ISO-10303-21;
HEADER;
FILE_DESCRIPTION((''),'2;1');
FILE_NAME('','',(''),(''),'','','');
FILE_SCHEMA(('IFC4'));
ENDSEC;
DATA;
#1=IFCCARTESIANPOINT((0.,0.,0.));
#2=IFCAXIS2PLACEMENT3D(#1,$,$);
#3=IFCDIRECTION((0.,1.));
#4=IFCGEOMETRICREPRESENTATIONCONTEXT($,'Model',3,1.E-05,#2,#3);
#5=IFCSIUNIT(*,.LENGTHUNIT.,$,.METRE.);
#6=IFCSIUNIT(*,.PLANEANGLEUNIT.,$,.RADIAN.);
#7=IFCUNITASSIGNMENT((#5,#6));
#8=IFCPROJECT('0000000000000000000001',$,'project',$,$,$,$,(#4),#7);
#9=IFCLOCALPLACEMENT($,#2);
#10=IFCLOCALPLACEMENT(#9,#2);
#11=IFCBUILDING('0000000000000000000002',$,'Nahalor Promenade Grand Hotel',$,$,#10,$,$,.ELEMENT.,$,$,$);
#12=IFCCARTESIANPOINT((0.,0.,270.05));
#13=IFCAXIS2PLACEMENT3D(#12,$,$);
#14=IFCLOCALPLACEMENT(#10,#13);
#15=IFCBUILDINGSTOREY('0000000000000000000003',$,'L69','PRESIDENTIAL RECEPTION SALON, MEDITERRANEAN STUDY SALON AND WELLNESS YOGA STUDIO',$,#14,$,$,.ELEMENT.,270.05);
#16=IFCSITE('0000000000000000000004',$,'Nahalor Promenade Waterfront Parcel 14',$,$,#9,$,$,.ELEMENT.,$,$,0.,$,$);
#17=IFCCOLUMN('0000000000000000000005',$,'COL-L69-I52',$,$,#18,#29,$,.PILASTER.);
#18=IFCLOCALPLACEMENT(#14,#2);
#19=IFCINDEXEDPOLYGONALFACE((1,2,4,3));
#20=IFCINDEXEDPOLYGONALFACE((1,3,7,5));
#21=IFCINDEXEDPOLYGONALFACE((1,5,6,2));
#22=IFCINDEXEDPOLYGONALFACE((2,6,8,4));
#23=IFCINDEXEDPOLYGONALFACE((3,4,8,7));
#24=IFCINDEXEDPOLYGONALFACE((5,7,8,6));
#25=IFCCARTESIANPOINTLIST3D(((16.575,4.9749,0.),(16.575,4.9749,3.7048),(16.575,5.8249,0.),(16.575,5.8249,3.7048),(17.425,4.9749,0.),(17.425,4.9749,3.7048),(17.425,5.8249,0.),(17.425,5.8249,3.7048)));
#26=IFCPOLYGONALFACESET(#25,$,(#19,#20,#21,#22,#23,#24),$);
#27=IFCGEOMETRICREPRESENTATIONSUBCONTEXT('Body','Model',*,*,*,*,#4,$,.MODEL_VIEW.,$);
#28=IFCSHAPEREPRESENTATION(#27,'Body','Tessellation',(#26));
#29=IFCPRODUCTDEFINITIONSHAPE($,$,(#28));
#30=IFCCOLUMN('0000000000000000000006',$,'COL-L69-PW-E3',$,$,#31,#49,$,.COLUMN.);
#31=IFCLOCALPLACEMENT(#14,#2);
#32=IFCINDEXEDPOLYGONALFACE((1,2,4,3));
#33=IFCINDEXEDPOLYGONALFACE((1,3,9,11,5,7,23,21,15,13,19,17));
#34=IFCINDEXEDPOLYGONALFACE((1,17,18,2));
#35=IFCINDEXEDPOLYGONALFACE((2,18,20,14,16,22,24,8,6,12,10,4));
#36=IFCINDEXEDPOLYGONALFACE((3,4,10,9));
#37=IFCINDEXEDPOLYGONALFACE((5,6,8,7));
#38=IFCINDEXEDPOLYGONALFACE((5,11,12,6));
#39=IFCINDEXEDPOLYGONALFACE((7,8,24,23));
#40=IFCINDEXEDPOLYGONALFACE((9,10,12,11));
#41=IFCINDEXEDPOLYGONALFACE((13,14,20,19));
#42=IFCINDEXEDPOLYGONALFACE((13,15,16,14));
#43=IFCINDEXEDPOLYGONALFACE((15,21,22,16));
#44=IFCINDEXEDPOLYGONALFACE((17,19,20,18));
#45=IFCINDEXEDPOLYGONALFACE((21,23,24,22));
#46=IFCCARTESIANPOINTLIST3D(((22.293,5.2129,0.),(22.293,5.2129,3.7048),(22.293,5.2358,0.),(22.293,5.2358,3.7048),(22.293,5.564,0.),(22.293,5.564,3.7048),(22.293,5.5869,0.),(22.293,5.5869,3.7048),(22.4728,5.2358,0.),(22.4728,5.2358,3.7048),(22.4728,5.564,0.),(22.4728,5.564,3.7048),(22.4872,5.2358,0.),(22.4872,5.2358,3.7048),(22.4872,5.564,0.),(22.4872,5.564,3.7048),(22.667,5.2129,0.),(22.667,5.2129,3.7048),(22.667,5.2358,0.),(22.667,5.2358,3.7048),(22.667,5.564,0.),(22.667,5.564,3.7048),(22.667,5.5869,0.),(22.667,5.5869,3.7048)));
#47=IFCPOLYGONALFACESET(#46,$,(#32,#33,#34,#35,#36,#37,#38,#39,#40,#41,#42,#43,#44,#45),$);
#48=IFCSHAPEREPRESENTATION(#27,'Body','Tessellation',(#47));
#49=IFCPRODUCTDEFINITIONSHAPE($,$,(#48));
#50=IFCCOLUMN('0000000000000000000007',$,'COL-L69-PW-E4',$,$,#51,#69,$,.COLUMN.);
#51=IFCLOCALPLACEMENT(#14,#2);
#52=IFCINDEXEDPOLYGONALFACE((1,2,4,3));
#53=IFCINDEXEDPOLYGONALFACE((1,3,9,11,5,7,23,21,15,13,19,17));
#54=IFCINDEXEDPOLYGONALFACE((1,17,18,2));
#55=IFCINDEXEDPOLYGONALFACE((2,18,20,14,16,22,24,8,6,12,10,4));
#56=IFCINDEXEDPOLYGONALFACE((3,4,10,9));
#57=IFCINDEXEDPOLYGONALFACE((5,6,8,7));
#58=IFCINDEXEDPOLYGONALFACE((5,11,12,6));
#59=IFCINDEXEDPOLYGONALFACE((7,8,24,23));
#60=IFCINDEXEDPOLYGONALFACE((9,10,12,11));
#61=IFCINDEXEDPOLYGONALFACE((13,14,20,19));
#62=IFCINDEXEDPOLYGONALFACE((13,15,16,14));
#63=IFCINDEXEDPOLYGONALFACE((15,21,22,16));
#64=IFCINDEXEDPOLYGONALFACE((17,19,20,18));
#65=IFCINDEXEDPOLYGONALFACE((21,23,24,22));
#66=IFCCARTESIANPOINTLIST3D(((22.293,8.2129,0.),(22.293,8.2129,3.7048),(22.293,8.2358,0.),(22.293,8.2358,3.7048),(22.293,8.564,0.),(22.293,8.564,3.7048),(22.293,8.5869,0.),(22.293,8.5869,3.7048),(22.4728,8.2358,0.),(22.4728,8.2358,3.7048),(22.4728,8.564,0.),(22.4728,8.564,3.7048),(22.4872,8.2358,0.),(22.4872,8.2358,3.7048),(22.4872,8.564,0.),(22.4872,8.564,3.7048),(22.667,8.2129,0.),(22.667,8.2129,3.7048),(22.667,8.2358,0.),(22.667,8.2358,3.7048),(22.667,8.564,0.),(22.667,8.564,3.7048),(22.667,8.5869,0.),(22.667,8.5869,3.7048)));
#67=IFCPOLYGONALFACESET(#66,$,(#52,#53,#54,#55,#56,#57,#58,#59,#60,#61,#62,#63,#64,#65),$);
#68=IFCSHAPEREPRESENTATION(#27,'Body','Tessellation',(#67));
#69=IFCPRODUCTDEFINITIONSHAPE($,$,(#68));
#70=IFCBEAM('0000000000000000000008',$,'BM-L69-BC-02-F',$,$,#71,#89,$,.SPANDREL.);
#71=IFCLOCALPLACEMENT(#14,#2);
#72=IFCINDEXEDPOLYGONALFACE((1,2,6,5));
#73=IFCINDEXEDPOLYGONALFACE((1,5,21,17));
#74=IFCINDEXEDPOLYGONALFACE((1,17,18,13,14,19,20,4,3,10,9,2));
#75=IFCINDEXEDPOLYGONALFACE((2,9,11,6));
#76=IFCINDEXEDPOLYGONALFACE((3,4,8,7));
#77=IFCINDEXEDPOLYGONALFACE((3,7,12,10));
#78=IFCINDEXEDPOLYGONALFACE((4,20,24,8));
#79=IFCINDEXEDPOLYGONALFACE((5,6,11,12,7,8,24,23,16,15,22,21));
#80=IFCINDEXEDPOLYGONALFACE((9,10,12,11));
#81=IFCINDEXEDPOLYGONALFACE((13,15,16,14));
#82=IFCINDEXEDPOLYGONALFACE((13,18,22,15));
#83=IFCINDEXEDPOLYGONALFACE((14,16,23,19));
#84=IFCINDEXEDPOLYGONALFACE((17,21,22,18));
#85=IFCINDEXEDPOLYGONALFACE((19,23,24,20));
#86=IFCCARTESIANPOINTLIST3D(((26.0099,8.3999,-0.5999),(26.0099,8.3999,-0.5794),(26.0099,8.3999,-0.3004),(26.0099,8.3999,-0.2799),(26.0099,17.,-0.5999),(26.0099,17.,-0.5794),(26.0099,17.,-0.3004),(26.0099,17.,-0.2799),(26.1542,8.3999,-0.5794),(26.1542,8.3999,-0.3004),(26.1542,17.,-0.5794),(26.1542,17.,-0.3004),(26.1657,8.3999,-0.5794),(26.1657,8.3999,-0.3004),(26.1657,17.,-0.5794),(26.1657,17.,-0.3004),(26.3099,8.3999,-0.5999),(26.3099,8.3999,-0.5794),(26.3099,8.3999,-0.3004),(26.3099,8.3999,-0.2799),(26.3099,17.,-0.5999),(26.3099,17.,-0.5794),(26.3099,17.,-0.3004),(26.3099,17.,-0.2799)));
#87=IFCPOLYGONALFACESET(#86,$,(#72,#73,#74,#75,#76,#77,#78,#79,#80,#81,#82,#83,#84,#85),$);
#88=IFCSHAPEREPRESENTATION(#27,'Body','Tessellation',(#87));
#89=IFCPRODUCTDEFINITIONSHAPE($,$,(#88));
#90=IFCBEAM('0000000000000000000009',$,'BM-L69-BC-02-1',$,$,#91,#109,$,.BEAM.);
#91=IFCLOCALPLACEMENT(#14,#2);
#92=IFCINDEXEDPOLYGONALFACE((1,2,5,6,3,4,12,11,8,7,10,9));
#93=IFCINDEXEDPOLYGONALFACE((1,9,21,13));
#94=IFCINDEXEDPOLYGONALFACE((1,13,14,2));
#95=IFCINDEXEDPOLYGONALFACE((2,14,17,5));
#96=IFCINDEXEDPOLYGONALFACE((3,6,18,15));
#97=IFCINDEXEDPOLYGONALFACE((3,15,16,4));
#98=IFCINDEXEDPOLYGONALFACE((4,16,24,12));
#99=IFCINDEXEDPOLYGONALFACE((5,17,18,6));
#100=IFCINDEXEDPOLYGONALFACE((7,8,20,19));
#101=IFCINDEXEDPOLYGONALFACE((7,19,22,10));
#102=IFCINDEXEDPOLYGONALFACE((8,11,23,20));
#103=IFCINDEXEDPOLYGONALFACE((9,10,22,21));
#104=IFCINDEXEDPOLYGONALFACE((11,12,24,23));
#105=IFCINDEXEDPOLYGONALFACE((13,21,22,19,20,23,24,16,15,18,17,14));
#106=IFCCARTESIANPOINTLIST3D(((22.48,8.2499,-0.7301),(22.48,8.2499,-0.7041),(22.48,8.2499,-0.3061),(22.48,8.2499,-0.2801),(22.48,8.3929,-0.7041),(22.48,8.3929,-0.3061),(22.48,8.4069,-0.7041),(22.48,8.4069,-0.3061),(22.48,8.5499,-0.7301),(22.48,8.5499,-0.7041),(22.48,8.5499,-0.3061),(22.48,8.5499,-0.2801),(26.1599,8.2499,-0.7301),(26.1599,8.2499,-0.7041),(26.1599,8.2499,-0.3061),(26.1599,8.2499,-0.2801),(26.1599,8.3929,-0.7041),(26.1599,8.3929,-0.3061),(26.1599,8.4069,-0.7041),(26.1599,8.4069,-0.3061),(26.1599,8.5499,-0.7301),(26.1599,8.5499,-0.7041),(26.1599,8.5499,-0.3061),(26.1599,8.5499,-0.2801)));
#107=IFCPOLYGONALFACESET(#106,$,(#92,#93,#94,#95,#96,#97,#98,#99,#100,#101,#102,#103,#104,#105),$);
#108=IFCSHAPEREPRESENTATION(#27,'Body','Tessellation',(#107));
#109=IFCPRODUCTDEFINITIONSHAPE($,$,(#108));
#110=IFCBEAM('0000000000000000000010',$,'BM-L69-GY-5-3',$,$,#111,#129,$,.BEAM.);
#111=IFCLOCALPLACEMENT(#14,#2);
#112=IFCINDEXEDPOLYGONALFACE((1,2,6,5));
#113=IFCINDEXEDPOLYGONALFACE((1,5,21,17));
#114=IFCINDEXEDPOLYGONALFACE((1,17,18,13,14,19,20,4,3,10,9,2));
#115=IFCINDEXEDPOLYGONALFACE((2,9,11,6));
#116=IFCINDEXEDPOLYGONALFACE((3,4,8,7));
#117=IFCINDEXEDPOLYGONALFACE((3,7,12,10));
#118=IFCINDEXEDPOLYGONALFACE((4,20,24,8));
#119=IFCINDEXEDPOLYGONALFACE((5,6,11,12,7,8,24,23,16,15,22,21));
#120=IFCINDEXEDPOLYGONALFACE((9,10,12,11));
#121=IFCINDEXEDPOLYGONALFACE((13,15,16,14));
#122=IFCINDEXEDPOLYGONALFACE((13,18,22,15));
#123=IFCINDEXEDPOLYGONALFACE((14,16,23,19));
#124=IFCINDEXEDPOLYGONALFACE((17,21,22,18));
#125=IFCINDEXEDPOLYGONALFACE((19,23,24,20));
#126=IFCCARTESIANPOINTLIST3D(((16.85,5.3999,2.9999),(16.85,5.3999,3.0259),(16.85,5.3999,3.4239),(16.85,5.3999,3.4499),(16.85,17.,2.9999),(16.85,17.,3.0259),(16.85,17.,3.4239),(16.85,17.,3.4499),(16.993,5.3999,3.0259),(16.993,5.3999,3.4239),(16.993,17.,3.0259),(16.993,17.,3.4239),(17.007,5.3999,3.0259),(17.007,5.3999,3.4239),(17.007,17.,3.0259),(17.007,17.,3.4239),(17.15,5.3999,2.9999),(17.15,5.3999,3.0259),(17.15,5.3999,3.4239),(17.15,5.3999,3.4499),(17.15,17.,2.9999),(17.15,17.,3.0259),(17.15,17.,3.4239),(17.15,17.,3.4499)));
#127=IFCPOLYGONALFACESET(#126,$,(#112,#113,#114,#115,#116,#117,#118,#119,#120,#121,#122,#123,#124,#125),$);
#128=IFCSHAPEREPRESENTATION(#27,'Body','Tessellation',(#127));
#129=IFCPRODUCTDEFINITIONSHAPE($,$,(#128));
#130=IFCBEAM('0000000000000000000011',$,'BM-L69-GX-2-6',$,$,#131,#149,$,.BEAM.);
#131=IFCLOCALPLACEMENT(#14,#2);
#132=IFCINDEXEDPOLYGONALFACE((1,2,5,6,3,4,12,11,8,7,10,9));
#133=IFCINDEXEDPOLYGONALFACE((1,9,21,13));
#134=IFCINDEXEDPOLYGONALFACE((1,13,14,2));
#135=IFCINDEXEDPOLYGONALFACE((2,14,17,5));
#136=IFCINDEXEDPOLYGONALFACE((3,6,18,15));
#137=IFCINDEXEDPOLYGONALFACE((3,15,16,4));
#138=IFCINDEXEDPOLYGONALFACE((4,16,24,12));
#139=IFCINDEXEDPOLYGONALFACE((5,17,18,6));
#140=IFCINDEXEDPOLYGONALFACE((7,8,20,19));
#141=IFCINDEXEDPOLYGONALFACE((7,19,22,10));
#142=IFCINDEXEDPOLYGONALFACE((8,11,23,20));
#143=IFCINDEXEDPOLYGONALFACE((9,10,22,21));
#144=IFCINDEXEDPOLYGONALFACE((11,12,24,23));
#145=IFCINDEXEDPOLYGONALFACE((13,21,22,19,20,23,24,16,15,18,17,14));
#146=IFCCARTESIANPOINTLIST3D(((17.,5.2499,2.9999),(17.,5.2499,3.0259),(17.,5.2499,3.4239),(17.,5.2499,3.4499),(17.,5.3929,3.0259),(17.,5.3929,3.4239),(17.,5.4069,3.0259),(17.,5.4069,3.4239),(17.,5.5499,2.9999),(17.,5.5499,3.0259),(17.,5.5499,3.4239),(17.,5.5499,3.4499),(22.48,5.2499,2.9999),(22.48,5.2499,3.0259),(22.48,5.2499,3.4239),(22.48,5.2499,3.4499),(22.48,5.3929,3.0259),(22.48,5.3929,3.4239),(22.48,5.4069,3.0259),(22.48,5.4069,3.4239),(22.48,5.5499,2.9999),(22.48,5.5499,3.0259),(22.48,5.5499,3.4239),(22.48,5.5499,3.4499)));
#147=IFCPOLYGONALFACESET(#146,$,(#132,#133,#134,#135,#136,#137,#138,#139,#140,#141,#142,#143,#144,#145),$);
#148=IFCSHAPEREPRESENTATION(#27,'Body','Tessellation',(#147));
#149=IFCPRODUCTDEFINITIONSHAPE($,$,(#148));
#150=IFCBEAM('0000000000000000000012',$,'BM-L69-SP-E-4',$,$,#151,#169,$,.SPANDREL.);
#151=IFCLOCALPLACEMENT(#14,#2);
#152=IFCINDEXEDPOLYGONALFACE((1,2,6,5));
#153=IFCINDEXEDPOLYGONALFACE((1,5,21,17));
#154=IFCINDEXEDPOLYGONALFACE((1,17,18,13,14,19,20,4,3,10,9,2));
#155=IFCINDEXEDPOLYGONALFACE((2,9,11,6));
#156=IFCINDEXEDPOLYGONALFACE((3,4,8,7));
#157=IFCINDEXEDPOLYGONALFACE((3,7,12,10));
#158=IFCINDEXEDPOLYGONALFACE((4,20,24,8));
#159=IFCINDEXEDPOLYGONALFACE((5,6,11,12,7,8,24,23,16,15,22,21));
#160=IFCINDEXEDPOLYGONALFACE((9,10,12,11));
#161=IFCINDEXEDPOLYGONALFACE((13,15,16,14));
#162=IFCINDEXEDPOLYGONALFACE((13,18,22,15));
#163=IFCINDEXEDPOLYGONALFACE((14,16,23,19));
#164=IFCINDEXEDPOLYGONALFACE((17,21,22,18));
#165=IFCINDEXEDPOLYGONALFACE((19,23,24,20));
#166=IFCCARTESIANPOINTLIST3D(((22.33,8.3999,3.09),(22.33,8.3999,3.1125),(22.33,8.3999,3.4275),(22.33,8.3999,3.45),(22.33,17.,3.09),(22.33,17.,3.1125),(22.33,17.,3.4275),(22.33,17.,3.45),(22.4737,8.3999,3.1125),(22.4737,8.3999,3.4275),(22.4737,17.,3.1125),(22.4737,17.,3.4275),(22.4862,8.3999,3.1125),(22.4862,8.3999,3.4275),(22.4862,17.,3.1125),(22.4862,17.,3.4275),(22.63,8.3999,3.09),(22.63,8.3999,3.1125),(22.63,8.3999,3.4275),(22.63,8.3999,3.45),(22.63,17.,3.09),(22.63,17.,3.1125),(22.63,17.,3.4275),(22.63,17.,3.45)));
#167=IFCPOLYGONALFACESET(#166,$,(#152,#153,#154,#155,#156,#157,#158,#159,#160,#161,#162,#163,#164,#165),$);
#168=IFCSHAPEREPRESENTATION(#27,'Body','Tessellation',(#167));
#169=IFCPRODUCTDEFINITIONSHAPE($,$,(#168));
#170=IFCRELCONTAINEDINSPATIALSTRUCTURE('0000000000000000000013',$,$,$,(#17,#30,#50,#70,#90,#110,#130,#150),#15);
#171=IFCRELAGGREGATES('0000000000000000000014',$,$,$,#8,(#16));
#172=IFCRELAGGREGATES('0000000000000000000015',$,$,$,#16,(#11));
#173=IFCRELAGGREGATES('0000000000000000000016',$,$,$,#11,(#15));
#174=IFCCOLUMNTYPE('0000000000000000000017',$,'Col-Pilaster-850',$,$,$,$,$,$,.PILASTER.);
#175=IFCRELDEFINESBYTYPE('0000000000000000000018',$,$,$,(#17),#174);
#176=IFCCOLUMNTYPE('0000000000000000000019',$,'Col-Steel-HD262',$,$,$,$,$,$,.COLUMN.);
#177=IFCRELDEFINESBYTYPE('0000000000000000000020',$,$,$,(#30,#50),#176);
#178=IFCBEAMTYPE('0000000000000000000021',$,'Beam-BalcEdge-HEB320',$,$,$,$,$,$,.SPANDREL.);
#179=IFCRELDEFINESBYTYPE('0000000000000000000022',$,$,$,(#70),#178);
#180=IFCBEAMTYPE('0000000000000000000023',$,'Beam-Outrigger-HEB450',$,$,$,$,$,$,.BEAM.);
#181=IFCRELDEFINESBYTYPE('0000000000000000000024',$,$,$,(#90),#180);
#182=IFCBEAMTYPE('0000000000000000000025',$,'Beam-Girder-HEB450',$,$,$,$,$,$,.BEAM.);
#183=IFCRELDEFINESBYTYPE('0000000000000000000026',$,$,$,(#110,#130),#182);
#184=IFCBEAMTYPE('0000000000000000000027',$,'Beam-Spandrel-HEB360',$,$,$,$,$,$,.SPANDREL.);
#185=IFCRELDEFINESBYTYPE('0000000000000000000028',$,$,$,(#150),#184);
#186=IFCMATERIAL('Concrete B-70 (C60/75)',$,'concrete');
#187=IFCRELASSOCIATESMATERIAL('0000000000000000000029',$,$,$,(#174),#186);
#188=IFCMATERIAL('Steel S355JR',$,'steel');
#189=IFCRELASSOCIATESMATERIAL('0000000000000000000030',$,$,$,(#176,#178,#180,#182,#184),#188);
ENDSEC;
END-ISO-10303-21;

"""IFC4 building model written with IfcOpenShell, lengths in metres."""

from ifc_helpers import new_model, si_unit, direction, frame, origin, origin_2d, place, context, subcontext, project, spatial, rectangle, i_section, extrude, source, transform, mapped, material, material_profile, profile_set, type_object, element, save


model = new_model("IFC4")

# Units and contexts
model_context = context("Model", 3, precision=1e-05, world=origin(), true_north=direction((0.0, 1.0)))
body_context = subcontext(model_context, "Body", "Model", "MODEL_VIEW")
ifc_project = project(units=[si_unit("LENGTHUNIT", "METRE"), si_unit("PLANEANGLEUNIT", "RADIAN")], contexts=[model_context])

# Site, building, storey
site_placement = place(None, origin())
site = spatial("IfcSite", under=ifc_project, at=site_placement, Name="Nahalor Promenade Waterfront Parcel 14", CompositionType="ELEMENT", RefElevation=0.0)
building_placement = place(site_placement, origin())
building = spatial("IfcBuilding", under=site, at=building_placement, Name="Nahalor Promenade Grand Hotel", CompositionType="ELEMENT")
storey_placement = place(building_placement, frame((0.0, 0.0, 270.05)))
storey = spatial("IfcBuildingStorey", under=building, at=storey_placement, Name="L69", Description="PRESIDENTIAL RECEPTION SALON, MEDITERRANEAN STUDY SALON AND WELLNESS YOGA STUDIO", CompositionType="ELEMENT", Elevation=270.05)

# Columns
ifc_material_1 = material(Name="Concrete B-70 (C60/75)", Category="concrete")
ifc_material_profile_1 = material_profile(ifc_material_1, rectangle(XDim=0.85, YDim=0.85, at=origin_2d()), Name="RC 850x850")
ifc_profile_set_1 = profile_set([ifc_material_profile_1], Name="Concrete B-70 (C60/75)")
column_type_1 = type_object("IfcColumnType", Name="Col-Pilaster-850", PredefinedType="PILASTER", material=ifc_profile_set_1)
shared_shape_1 = source(origin(), body_context, "Body", "SweptSolid", [
    extrude(rectangle(XDim=0.85, YDim=0.85, at=origin_2d()), origin(), (0.0, 0.0, 1.0), 3.7048),
])
column_placement = place(storey_placement, frame((17.0, 5.3999, 0.0), z_axis=(0.0, 0.0, 1.0), x_axis=(1.0, 0.0, 0.0)))
element("IfcColumn", 1, at=column_placement, inside=storey, type_object=column_type_1, Name="COL-L69-I52", PredefinedType="PILASTER", context=body_context, shape_type="MappedRepresentation", body=[
    mapped(shared_shape_1, transform((0.0, 0.0, 0.0), scale=1.0)),
])
ifc_material_2 = material(Name="Steel S355JR", Category="steel")
ifc_material_profile_2 = material_profile(ifc_material_2, i_section(OverallWidth=0.374, OverallDepth=0.374, WebThickness=0.0144, FlangeThickness=0.0229, at=origin_2d()), Name="HD 360x262")
ifc_profile_set_2 = profile_set([ifc_material_profile_2], Name="Steel S355JR")
column_type_2 = type_object("IfcColumnType", Name="Col-Steel-HD262", PredefinedType="COLUMN", material=ifc_profile_set_2)
shared_shape_2 = source(origin(), body_context, "Body", "SweptSolid", [
    extrude(i_section(OverallWidth=0.374, OverallDepth=0.374, WebThickness=0.0144, FlangeThickness=0.0229, at=origin_2d()), origin(), (0.0, 0.0, 1.0), 3.7048),
])
for number, where, z_axis, x_axis, name in (
    (2, (22.48, 5.3999, 0.0), (0.0, 0.0, 1.0), (1.0, 0.0, 0.0), "COL-L69-PW-E3"),
    (3, (22.48, 8.3999, 0.0), (0.0, 0.0, 1.0), (1.0, 0.0, 0.0), "COL-L69-PW-E4"),
):
    element("IfcColumn", number, at=place(storey_placement, frame(where, z_axis=z_axis, x_axis=x_axis)), inside=storey, type_object=column_type_2, Name=name, PredefinedType="COLUMN", context=body_context, shape_type="MappedRepresentation", body=[
        mapped(shared_shape_2, transform((0.0, 0.0, 0.0), scale=1.0)),
    ])

# Beams
ifc_material_profile_3 = material_profile(ifc_material_2, i_section(OverallWidth=0.3, OverallDepth=0.32, WebThickness=0.0115, FlangeThickness=0.0205, at=origin_2d()), Name="HEB 320")
ifc_profile_set_3 = profile_set([ifc_material_profile_3], Name="Steel S355JR")
beam_type_1 = type_object("IfcBeamType", Name="Beam-BalcEdge-HEB320", PredefinedType="SPANDREL", material=ifc_profile_set_3)
shared_shape_3 = source(origin(), body_context, "Body", "SweptSolid", [
    extrude(i_section(OverallWidth=0.3, OverallDepth=0.32, WebThickness=0.0115, FlangeThickness=0.0205, at=origin_2d()), origin(), (0.0, 0.0, 1.0), 8.6001),
])
beam_1_placement = place(storey_placement, frame((26.1599, 8.3999, -0.4399), z_axis=(0.0, 1.0, 0.0), x_axis=(-1.0, 0.0, 0.0)))
element("IfcBeam", 4, at=beam_1_placement, inside=storey, type_object=beam_type_1, Name="BM-L69-BC-02-F", PredefinedType="SPANDREL", context=body_context, shape_type="MappedRepresentation", body=[
    mapped(shared_shape_3, transform((0.0, 0.0, 0.0), scale=1.0)),
])
ifc_material_profile_4 = material_profile(ifc_material_2, i_section(OverallWidth=0.3, OverallDepth=0.45, WebThickness=0.014, FlangeThickness=0.026, at=origin_2d()), Name="HEB 450")
ifc_profile_set_4 = profile_set([ifc_material_profile_4], Name="Steel S355JR")
beam_type_2 = type_object("IfcBeamType", Name="Beam-Outrigger-HEB450", PredefinedType="BEAM", material=ifc_profile_set_4)
shared_shape_4 = source(origin(), body_context, "Body", "SweptSolid", [
    extrude(i_section(OverallWidth=0.3, OverallDepth=0.45, WebThickness=0.014, FlangeThickness=0.026, at=origin_2d()), origin(), (0.0, 0.0, 1.0), 3.6799),
])
beam_2_placement = place(storey_placement, frame((22.48, 8.3999, -0.5051), z_axis=(1.0, 0.0, 0.0), x_axis=(0.0, 1.0, 0.0)))
element("IfcBeam", 5, at=beam_2_placement, inside=storey, type_object=beam_type_2, Name="BM-L69-BC-02-1", PredefinedType="BEAM", context=body_context, shape_type="MappedRepresentation", body=[
    mapped(shared_shape_4, transform((0.0, 0.0, 0.0), scale=1.0)),
])
ifc_material_profile_5 = material_profile(ifc_material_2, i_section(OverallWidth=0.3, OverallDepth=0.45, WebThickness=0.014, FlangeThickness=0.026, at=origin_2d()), Name="HEB 450")
ifc_profile_set_5 = profile_set([ifc_material_profile_5], Name="Steel S355JR")
beam_type_3 = type_object("IfcBeamType", Name="Beam-Girder-HEB450", PredefinedType="BEAM", material=ifc_profile_set_5)
shared_shape_5 = source(origin(), body_context, "Body", "SweptSolid", [
    extrude(i_section(OverallWidth=0.3, OverallDepth=0.45, WebThickness=0.014, FlangeThickness=0.026, at=origin_2d()), origin(), (0.0, 0.0, 1.0), 11.6001),
])
beam_3_placement = place(storey_placement, frame((17.0, 5.3999, 3.2249), z_axis=(0.0, 1.0, 0.0), x_axis=(-1.0, 0.0, 0.0)))
element("IfcBeam", 6, at=beam_3_placement, inside=storey, type_object=beam_type_3, Name="BM-L69-GY-5-3", PredefinedType="BEAM", context=body_context, shape_type="MappedRepresentation", body=[
    mapped(shared_shape_5, transform((0.0, 0.0, 0.0), scale=1.0)),
])
shared_shape_6 = source(origin(), body_context, "Body", "SweptSolid", [
    extrude(i_section(OverallWidth=0.3, OverallDepth=0.45, WebThickness=0.014, FlangeThickness=0.026, at=origin_2d()), origin(), (0.0, 0.0, 1.0), 5.48),
])
beam_4_placement = place(storey_placement, frame((17.0, 5.3999, 3.2249), z_axis=(1.0, 0.0, 0.0), x_axis=(0.0, 1.0, 0.0)))
element("IfcBeam", 7, at=beam_4_placement, inside=storey, type_object=beam_type_3, Name="BM-L69-GX-2-6", PredefinedType="BEAM", context=body_context, shape_type="MappedRepresentation", body=[
    mapped(shared_shape_6, transform((0.0, 0.0, 0.0), scale=1.0)),
])
ifc_material_profile_6 = material_profile(ifc_material_2, i_section(OverallWidth=0.3, OverallDepth=0.36, WebThickness=0.0125, FlangeThickness=0.0225, at=origin_2d()), Name="HEB 360")
ifc_profile_set_6 = profile_set([ifc_material_profile_6], Name="Steel S355JR")
beam_type_4 = type_object("IfcBeamType", Name="Beam-Spandrel-HEB360", PredefinedType="SPANDREL", material=ifc_profile_set_6)
shared_shape_7 = source(origin(), body_context, "Body", "SweptSolid", [
    extrude(i_section(OverallWidth=0.3, OverallDepth=0.36, WebThickness=0.0125, FlangeThickness=0.0225, at=origin_2d()), origin(), (0.0, 0.0, 1.0), 8.6001),
])
beam_5_placement = place(storey_placement, frame((22.48, 8.3999, 3.27), z_axis=(0.0, 1.0, 0.0), x_axis=(-1.0, 0.0, 0.0)))
element("IfcBeam", 8, at=beam_5_placement, inside=storey, type_object=beam_type_4, Name="BM-L69-SP-E-4", PredefinedType="SPANDREL", context=body_context, shape_type="MappedRepresentation", body=[
    mapped(shared_shape_7, transform((0.0, 0.0, 0.0), scale=1.0)),
])

save(model, "model.ifc")
